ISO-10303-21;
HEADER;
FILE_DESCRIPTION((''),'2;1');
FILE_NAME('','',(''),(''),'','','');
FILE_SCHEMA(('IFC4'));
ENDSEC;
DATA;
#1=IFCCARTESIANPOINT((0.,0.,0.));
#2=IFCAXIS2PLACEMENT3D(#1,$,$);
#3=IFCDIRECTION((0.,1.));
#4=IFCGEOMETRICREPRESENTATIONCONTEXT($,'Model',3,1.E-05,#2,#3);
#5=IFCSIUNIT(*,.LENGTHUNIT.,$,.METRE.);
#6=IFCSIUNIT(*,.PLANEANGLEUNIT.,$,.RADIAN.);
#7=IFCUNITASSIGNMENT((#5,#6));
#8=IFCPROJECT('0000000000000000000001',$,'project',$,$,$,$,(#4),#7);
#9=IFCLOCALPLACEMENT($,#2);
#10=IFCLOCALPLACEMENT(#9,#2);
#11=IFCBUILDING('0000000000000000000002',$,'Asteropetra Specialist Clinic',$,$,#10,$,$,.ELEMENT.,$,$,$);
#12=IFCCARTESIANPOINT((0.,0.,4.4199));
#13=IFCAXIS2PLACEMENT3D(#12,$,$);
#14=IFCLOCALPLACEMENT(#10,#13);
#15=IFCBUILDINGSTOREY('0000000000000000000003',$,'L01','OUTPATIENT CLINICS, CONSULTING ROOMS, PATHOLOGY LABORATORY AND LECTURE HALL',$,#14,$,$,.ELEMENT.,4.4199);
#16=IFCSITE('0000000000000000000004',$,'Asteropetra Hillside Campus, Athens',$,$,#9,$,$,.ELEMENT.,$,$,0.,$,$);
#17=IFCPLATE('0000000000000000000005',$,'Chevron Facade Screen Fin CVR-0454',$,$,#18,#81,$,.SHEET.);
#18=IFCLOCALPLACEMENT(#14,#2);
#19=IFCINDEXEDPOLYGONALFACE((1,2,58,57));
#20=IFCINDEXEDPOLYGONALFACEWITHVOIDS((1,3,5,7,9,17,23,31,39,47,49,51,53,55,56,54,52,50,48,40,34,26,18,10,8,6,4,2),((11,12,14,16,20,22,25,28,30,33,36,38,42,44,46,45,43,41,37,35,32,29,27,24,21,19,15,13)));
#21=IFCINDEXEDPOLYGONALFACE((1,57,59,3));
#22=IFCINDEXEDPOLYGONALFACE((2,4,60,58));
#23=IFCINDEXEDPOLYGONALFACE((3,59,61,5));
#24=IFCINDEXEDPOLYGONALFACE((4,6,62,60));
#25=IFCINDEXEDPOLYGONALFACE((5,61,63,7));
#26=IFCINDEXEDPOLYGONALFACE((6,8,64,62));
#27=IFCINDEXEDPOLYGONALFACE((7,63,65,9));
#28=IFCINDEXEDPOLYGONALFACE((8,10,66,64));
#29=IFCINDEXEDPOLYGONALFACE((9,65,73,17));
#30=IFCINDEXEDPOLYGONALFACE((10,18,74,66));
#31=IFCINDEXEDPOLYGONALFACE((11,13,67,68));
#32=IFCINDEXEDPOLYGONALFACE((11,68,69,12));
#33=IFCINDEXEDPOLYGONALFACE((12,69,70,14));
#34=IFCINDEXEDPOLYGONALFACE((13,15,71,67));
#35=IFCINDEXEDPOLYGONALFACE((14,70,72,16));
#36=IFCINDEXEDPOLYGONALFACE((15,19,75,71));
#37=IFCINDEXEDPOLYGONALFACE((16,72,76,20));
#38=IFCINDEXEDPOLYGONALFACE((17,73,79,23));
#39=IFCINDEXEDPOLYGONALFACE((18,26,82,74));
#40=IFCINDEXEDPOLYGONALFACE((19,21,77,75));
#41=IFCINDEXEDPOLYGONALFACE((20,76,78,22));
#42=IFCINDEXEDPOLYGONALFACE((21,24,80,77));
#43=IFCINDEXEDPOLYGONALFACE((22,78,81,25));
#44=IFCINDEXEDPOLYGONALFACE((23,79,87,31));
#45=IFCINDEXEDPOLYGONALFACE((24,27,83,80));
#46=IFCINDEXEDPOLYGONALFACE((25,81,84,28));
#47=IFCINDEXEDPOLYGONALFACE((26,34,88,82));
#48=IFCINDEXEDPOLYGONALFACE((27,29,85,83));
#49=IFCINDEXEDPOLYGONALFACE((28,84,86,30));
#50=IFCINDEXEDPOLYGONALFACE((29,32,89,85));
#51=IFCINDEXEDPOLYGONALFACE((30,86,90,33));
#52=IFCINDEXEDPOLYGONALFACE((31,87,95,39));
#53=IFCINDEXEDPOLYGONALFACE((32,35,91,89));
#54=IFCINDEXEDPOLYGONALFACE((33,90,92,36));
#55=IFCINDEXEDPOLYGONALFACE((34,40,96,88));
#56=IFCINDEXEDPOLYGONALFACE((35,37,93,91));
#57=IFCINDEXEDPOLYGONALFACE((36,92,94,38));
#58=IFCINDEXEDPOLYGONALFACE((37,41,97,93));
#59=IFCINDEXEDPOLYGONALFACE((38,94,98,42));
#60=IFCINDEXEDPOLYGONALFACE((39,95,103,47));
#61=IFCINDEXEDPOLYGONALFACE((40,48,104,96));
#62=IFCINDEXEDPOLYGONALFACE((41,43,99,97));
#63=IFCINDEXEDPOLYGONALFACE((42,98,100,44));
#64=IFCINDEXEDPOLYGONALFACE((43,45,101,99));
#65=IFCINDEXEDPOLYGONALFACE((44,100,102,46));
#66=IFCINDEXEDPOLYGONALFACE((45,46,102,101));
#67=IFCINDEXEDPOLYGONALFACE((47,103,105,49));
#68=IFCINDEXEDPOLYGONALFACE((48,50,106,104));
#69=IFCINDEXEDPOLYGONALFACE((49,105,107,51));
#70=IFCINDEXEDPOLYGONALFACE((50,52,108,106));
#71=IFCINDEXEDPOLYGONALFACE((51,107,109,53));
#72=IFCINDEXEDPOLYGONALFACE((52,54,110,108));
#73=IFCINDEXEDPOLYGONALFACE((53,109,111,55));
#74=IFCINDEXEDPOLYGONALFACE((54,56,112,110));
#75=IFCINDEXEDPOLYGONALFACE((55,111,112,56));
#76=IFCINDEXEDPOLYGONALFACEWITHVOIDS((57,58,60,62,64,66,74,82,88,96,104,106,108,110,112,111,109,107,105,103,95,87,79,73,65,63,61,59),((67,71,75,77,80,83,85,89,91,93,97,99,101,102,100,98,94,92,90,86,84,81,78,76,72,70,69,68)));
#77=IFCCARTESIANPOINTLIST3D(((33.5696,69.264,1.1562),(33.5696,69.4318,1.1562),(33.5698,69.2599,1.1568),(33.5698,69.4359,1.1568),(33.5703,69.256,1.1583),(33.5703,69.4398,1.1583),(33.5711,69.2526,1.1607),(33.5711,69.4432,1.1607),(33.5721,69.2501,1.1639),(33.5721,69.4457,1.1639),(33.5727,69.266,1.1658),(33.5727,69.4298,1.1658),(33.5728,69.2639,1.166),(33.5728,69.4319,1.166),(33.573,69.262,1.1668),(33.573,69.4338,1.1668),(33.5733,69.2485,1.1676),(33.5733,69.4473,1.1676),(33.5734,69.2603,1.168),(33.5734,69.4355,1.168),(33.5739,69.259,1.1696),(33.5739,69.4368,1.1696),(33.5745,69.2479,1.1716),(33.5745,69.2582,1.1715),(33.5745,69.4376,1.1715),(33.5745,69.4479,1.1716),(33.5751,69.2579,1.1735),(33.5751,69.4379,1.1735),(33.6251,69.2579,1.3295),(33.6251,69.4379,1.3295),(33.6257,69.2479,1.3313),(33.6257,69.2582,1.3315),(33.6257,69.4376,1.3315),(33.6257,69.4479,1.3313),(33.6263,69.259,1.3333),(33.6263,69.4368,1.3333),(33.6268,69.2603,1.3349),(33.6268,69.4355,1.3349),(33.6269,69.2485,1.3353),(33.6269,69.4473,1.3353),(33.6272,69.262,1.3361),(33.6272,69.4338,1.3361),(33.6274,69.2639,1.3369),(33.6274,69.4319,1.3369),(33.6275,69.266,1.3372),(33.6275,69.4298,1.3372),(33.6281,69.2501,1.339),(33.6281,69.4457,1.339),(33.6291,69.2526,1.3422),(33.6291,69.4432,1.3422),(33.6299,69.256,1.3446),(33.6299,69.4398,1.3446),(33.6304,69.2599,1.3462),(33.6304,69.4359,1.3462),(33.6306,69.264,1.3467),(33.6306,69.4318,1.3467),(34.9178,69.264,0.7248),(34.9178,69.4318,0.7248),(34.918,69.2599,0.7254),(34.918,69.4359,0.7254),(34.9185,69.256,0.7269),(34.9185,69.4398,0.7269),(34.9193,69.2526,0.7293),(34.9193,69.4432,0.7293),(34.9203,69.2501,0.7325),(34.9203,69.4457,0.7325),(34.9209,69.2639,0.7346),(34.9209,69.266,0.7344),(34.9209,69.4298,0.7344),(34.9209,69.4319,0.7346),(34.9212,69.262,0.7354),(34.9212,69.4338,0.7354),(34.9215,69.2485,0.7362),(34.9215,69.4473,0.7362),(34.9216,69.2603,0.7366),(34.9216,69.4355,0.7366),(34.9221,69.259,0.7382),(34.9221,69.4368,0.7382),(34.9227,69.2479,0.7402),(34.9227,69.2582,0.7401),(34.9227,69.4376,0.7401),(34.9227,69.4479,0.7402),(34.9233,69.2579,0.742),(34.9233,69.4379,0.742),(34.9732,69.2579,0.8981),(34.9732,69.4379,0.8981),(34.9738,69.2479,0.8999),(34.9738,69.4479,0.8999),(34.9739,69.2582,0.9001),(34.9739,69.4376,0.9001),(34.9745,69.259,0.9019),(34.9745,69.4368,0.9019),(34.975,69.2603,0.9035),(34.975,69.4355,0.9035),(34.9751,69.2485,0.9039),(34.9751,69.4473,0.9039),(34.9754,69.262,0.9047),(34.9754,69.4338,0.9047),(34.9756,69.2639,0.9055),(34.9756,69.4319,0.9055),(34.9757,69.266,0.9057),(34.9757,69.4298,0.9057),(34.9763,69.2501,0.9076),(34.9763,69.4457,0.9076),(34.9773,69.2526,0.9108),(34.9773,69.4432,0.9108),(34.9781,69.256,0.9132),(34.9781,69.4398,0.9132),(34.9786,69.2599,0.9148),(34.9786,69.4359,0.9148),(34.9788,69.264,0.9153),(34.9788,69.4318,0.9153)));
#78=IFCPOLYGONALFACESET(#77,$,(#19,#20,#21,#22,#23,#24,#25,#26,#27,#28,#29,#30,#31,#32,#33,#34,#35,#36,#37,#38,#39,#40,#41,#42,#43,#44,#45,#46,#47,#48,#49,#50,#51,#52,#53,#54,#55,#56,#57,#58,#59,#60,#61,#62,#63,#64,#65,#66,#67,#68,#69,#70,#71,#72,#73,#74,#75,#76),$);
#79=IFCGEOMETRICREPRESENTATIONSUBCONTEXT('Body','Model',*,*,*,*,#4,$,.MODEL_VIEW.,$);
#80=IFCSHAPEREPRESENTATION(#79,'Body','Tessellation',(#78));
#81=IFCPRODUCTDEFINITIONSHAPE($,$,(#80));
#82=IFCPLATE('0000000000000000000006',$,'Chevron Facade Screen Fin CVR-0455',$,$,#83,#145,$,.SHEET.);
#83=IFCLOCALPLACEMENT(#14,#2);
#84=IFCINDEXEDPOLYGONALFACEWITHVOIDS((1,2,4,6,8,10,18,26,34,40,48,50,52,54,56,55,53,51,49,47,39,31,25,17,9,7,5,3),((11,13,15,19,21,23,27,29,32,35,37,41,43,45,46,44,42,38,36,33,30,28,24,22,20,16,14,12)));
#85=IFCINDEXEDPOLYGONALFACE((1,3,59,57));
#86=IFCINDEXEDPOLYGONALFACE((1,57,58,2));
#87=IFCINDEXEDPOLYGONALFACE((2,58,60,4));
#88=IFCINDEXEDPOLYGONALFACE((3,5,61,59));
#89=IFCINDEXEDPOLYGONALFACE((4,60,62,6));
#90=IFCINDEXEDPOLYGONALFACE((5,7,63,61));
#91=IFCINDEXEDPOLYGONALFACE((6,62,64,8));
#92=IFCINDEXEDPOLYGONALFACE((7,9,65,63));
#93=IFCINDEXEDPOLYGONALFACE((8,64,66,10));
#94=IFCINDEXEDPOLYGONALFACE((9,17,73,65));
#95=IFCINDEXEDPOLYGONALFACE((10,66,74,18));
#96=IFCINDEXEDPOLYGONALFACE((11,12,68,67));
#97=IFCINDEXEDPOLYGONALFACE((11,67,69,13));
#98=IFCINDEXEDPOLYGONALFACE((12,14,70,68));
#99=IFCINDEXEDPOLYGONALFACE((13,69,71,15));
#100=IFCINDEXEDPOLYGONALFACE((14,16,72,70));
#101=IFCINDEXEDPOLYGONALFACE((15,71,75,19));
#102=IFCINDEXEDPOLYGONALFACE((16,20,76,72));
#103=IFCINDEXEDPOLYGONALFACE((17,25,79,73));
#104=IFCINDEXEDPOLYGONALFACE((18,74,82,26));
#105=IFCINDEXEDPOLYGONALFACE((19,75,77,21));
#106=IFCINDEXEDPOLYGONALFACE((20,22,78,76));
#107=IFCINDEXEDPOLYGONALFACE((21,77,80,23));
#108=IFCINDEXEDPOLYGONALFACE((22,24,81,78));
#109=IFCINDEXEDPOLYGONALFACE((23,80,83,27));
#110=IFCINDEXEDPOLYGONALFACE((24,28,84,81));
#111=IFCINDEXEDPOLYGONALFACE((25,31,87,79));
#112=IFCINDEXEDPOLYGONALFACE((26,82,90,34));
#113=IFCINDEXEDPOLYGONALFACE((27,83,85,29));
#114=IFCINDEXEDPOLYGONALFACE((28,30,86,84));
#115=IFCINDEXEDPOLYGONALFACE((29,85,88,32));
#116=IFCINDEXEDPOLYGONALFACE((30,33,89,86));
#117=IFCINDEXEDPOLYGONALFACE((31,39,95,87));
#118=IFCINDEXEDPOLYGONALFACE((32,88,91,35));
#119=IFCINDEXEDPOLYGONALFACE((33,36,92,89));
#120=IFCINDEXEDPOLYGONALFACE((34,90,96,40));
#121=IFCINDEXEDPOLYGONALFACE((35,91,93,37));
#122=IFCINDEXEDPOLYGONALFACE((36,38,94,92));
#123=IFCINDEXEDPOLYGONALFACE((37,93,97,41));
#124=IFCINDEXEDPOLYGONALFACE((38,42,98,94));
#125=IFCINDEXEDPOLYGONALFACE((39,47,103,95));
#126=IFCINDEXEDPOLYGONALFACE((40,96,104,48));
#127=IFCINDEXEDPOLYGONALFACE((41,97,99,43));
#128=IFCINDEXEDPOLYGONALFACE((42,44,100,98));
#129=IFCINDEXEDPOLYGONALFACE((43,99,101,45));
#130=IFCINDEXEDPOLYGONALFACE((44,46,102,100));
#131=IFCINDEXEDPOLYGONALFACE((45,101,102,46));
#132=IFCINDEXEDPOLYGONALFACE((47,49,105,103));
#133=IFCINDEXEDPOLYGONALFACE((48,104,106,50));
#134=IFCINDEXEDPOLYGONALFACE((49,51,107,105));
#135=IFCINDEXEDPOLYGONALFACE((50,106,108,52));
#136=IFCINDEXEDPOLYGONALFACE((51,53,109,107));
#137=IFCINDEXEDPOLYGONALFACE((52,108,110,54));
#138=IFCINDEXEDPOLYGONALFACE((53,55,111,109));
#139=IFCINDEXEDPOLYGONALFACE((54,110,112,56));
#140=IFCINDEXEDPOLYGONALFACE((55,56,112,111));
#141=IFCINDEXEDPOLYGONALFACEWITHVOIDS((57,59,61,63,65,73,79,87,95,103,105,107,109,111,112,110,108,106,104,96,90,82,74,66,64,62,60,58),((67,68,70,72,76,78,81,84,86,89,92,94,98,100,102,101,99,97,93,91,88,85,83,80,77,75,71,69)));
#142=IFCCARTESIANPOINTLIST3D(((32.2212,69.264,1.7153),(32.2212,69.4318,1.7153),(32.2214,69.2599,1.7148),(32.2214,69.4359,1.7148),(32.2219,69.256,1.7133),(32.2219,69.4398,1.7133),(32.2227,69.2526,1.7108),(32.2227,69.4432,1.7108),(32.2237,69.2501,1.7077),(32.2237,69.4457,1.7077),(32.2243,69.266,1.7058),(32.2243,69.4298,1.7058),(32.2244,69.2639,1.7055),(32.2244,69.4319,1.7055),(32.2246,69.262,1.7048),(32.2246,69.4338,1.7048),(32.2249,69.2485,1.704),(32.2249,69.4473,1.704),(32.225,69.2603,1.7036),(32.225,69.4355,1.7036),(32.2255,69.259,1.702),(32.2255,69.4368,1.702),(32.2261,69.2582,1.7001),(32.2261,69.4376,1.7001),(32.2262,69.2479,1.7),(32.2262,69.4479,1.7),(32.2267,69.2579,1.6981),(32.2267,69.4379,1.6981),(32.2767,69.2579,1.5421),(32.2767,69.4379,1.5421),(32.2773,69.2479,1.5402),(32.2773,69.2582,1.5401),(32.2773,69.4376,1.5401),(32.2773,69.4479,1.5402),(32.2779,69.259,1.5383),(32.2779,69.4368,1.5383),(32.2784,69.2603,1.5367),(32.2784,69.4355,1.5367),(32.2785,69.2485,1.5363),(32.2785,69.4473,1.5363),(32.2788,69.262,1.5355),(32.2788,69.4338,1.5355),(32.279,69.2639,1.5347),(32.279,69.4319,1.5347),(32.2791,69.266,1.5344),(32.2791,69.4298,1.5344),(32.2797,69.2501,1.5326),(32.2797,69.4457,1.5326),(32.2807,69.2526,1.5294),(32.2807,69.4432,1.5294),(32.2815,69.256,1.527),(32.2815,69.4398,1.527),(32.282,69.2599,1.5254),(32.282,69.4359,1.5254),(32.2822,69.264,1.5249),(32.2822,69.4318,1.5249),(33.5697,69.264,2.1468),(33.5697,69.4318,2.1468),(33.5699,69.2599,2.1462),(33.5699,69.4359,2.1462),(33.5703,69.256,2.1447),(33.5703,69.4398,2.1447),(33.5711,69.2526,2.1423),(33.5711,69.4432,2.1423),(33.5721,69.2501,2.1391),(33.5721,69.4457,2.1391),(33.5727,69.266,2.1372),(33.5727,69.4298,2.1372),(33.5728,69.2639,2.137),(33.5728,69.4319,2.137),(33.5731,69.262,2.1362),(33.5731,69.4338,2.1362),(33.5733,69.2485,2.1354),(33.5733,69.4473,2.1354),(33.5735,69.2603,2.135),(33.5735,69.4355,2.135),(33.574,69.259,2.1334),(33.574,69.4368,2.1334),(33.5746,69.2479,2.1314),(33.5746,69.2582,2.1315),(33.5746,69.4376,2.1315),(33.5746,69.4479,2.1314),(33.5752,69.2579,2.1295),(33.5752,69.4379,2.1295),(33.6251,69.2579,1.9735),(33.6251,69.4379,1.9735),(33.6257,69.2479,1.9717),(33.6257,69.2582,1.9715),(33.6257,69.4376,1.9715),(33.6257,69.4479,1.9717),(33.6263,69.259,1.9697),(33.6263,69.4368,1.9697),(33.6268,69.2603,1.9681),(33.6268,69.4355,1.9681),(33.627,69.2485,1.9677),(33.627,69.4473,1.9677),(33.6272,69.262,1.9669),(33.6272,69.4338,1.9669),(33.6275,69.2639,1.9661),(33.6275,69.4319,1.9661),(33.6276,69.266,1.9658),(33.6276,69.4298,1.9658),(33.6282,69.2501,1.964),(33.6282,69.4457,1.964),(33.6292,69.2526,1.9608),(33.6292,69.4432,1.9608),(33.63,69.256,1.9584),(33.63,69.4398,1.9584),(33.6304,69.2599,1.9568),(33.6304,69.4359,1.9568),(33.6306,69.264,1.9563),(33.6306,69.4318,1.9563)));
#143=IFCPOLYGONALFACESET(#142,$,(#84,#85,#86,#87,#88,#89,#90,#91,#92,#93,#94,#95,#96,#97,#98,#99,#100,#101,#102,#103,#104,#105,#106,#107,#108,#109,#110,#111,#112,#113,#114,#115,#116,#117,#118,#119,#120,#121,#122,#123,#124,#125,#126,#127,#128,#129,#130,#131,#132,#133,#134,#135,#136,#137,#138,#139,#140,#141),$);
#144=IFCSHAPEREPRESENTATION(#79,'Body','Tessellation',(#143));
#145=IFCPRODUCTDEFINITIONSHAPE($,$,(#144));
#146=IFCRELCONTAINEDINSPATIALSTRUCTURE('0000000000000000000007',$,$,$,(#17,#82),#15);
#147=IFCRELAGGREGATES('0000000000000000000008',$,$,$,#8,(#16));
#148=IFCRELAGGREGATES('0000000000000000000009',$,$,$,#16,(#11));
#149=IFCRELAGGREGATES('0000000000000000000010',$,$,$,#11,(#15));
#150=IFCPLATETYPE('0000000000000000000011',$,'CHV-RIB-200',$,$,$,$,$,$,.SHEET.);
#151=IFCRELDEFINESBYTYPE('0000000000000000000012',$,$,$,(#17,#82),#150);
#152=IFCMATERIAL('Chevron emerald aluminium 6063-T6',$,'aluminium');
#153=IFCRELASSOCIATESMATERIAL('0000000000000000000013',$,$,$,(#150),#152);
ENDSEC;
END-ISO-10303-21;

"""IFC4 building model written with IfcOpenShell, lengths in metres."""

from ifc_helpers import new_model, si_unit, direction, frame, origin, origin_2d, place, context, subcontext, project, spatial, hollow_rectangle, extrude, material, material_profile, profile_set, type_object, element, save


model = new_model("IFC4")

# Units and contexts
model_context = context("Model", 3, precision=1e-05, world=origin(), true_north=direction((0.0, 1.0)))
body_context = subcontext(model_context, "Body", "Model", "MODEL_VIEW")
ifc_project = project(units=[si_unit("LENGTHUNIT", "METRE"), si_unit("PLANEANGLEUNIT", "RADIAN")], contexts=[model_context])

# Site, building, storey
site_placement = place(None, origin())
site = spatial("IfcSite", under=ifc_project, at=site_placement, Name="Asteropetra Hillside Campus, Athens", CompositionType="ELEMENT", RefElevation=0.0)
building_placement = place(site_placement, origin())
building = spatial("IfcBuilding", under=site, at=building_placement, Name="Asteropetra Specialist Clinic", CompositionType="ELEMENT")
storey_placement = place(building_placement, frame((0.0, 0.0, 4.4199)))
storey = spatial("IfcBuildingStorey", under=building, at=storey_placement, Name="L01", Description="OUTPATIENT CLINICS, CONSULTING ROOMS, PATHOLOGY LABORATORY AND LECTURE HALL", CompositionType="ELEMENT", Elevation=4.4199)

# Plates
ifc_material_1 = material(Name="Chevron emerald aluminium 6063-T6", Category="aluminium")
ifc_material_profile = material_profile(ifc_material_1, hollow_rectangle(XDim=0.2, YDim=0.2, WallThickness=0.01, InnerFilletRadius=0.0081, OuterFilletRadius=0.0161, at=origin_2d()), Name="SHS 200x200x10.0")
ifc_profile_set = profile_set([ifc_material_profile], Name="Chevron emerald aluminium 6063-T6")
plate_type = type_object("IfcPlateType", Name="CHV-RIB-200", PredefinedType="SHEET", material=ifc_profile_set)
plate_1_placement = place(storey_placement, frame((33.6001, 69.3479, 1.2515), z_axis=(0.952426, 0.0, -0.304769), x_axis=(0.0, 1.0, 0.0)))
element("IfcPlate", 1, at=plate_1_placement, inside=storey, type_object=plate_type, Name="Chevron Facade Screen Fin CVR-0454", PredefinedType="SHEET", context=body_context, shape_type="SweptSolid", body=[
    extrude(hollow_rectangle(XDim=0.2, YDim=0.2, WallThickness=0.01, InnerFilletRadius=0.0081, OuterFilletRadius=0.0161, at=origin_2d()), origin(), (0.0, 0.0, 1.0), 1.4155),
])
plate_2_placement = place(storey_placement, frame((32.2517, 69.3479, 1.6201), z_axis=(0.952442, 0.0, 0.304719), x_axis=(0.0, 1.0, 0.0)))
element("IfcPlate", 2, at=plate_2_placement, inside=storey, type_object=plate_type, Name="Chevron Facade Screen Fin CVR-0455", PredefinedType="SHEET", context=body_context, shape_type="SweptSolid", body=[
    extrude(hollow_rectangle(XDim=0.2, YDim=0.2, WallThickness=0.01, InnerFilletRadius=0.0081, OuterFilletRadius=0.0161, at=origin_2d()), origin(), (0.0, 0.0, 1.0), 1.4158),
])

save(model, "model.ifc")
